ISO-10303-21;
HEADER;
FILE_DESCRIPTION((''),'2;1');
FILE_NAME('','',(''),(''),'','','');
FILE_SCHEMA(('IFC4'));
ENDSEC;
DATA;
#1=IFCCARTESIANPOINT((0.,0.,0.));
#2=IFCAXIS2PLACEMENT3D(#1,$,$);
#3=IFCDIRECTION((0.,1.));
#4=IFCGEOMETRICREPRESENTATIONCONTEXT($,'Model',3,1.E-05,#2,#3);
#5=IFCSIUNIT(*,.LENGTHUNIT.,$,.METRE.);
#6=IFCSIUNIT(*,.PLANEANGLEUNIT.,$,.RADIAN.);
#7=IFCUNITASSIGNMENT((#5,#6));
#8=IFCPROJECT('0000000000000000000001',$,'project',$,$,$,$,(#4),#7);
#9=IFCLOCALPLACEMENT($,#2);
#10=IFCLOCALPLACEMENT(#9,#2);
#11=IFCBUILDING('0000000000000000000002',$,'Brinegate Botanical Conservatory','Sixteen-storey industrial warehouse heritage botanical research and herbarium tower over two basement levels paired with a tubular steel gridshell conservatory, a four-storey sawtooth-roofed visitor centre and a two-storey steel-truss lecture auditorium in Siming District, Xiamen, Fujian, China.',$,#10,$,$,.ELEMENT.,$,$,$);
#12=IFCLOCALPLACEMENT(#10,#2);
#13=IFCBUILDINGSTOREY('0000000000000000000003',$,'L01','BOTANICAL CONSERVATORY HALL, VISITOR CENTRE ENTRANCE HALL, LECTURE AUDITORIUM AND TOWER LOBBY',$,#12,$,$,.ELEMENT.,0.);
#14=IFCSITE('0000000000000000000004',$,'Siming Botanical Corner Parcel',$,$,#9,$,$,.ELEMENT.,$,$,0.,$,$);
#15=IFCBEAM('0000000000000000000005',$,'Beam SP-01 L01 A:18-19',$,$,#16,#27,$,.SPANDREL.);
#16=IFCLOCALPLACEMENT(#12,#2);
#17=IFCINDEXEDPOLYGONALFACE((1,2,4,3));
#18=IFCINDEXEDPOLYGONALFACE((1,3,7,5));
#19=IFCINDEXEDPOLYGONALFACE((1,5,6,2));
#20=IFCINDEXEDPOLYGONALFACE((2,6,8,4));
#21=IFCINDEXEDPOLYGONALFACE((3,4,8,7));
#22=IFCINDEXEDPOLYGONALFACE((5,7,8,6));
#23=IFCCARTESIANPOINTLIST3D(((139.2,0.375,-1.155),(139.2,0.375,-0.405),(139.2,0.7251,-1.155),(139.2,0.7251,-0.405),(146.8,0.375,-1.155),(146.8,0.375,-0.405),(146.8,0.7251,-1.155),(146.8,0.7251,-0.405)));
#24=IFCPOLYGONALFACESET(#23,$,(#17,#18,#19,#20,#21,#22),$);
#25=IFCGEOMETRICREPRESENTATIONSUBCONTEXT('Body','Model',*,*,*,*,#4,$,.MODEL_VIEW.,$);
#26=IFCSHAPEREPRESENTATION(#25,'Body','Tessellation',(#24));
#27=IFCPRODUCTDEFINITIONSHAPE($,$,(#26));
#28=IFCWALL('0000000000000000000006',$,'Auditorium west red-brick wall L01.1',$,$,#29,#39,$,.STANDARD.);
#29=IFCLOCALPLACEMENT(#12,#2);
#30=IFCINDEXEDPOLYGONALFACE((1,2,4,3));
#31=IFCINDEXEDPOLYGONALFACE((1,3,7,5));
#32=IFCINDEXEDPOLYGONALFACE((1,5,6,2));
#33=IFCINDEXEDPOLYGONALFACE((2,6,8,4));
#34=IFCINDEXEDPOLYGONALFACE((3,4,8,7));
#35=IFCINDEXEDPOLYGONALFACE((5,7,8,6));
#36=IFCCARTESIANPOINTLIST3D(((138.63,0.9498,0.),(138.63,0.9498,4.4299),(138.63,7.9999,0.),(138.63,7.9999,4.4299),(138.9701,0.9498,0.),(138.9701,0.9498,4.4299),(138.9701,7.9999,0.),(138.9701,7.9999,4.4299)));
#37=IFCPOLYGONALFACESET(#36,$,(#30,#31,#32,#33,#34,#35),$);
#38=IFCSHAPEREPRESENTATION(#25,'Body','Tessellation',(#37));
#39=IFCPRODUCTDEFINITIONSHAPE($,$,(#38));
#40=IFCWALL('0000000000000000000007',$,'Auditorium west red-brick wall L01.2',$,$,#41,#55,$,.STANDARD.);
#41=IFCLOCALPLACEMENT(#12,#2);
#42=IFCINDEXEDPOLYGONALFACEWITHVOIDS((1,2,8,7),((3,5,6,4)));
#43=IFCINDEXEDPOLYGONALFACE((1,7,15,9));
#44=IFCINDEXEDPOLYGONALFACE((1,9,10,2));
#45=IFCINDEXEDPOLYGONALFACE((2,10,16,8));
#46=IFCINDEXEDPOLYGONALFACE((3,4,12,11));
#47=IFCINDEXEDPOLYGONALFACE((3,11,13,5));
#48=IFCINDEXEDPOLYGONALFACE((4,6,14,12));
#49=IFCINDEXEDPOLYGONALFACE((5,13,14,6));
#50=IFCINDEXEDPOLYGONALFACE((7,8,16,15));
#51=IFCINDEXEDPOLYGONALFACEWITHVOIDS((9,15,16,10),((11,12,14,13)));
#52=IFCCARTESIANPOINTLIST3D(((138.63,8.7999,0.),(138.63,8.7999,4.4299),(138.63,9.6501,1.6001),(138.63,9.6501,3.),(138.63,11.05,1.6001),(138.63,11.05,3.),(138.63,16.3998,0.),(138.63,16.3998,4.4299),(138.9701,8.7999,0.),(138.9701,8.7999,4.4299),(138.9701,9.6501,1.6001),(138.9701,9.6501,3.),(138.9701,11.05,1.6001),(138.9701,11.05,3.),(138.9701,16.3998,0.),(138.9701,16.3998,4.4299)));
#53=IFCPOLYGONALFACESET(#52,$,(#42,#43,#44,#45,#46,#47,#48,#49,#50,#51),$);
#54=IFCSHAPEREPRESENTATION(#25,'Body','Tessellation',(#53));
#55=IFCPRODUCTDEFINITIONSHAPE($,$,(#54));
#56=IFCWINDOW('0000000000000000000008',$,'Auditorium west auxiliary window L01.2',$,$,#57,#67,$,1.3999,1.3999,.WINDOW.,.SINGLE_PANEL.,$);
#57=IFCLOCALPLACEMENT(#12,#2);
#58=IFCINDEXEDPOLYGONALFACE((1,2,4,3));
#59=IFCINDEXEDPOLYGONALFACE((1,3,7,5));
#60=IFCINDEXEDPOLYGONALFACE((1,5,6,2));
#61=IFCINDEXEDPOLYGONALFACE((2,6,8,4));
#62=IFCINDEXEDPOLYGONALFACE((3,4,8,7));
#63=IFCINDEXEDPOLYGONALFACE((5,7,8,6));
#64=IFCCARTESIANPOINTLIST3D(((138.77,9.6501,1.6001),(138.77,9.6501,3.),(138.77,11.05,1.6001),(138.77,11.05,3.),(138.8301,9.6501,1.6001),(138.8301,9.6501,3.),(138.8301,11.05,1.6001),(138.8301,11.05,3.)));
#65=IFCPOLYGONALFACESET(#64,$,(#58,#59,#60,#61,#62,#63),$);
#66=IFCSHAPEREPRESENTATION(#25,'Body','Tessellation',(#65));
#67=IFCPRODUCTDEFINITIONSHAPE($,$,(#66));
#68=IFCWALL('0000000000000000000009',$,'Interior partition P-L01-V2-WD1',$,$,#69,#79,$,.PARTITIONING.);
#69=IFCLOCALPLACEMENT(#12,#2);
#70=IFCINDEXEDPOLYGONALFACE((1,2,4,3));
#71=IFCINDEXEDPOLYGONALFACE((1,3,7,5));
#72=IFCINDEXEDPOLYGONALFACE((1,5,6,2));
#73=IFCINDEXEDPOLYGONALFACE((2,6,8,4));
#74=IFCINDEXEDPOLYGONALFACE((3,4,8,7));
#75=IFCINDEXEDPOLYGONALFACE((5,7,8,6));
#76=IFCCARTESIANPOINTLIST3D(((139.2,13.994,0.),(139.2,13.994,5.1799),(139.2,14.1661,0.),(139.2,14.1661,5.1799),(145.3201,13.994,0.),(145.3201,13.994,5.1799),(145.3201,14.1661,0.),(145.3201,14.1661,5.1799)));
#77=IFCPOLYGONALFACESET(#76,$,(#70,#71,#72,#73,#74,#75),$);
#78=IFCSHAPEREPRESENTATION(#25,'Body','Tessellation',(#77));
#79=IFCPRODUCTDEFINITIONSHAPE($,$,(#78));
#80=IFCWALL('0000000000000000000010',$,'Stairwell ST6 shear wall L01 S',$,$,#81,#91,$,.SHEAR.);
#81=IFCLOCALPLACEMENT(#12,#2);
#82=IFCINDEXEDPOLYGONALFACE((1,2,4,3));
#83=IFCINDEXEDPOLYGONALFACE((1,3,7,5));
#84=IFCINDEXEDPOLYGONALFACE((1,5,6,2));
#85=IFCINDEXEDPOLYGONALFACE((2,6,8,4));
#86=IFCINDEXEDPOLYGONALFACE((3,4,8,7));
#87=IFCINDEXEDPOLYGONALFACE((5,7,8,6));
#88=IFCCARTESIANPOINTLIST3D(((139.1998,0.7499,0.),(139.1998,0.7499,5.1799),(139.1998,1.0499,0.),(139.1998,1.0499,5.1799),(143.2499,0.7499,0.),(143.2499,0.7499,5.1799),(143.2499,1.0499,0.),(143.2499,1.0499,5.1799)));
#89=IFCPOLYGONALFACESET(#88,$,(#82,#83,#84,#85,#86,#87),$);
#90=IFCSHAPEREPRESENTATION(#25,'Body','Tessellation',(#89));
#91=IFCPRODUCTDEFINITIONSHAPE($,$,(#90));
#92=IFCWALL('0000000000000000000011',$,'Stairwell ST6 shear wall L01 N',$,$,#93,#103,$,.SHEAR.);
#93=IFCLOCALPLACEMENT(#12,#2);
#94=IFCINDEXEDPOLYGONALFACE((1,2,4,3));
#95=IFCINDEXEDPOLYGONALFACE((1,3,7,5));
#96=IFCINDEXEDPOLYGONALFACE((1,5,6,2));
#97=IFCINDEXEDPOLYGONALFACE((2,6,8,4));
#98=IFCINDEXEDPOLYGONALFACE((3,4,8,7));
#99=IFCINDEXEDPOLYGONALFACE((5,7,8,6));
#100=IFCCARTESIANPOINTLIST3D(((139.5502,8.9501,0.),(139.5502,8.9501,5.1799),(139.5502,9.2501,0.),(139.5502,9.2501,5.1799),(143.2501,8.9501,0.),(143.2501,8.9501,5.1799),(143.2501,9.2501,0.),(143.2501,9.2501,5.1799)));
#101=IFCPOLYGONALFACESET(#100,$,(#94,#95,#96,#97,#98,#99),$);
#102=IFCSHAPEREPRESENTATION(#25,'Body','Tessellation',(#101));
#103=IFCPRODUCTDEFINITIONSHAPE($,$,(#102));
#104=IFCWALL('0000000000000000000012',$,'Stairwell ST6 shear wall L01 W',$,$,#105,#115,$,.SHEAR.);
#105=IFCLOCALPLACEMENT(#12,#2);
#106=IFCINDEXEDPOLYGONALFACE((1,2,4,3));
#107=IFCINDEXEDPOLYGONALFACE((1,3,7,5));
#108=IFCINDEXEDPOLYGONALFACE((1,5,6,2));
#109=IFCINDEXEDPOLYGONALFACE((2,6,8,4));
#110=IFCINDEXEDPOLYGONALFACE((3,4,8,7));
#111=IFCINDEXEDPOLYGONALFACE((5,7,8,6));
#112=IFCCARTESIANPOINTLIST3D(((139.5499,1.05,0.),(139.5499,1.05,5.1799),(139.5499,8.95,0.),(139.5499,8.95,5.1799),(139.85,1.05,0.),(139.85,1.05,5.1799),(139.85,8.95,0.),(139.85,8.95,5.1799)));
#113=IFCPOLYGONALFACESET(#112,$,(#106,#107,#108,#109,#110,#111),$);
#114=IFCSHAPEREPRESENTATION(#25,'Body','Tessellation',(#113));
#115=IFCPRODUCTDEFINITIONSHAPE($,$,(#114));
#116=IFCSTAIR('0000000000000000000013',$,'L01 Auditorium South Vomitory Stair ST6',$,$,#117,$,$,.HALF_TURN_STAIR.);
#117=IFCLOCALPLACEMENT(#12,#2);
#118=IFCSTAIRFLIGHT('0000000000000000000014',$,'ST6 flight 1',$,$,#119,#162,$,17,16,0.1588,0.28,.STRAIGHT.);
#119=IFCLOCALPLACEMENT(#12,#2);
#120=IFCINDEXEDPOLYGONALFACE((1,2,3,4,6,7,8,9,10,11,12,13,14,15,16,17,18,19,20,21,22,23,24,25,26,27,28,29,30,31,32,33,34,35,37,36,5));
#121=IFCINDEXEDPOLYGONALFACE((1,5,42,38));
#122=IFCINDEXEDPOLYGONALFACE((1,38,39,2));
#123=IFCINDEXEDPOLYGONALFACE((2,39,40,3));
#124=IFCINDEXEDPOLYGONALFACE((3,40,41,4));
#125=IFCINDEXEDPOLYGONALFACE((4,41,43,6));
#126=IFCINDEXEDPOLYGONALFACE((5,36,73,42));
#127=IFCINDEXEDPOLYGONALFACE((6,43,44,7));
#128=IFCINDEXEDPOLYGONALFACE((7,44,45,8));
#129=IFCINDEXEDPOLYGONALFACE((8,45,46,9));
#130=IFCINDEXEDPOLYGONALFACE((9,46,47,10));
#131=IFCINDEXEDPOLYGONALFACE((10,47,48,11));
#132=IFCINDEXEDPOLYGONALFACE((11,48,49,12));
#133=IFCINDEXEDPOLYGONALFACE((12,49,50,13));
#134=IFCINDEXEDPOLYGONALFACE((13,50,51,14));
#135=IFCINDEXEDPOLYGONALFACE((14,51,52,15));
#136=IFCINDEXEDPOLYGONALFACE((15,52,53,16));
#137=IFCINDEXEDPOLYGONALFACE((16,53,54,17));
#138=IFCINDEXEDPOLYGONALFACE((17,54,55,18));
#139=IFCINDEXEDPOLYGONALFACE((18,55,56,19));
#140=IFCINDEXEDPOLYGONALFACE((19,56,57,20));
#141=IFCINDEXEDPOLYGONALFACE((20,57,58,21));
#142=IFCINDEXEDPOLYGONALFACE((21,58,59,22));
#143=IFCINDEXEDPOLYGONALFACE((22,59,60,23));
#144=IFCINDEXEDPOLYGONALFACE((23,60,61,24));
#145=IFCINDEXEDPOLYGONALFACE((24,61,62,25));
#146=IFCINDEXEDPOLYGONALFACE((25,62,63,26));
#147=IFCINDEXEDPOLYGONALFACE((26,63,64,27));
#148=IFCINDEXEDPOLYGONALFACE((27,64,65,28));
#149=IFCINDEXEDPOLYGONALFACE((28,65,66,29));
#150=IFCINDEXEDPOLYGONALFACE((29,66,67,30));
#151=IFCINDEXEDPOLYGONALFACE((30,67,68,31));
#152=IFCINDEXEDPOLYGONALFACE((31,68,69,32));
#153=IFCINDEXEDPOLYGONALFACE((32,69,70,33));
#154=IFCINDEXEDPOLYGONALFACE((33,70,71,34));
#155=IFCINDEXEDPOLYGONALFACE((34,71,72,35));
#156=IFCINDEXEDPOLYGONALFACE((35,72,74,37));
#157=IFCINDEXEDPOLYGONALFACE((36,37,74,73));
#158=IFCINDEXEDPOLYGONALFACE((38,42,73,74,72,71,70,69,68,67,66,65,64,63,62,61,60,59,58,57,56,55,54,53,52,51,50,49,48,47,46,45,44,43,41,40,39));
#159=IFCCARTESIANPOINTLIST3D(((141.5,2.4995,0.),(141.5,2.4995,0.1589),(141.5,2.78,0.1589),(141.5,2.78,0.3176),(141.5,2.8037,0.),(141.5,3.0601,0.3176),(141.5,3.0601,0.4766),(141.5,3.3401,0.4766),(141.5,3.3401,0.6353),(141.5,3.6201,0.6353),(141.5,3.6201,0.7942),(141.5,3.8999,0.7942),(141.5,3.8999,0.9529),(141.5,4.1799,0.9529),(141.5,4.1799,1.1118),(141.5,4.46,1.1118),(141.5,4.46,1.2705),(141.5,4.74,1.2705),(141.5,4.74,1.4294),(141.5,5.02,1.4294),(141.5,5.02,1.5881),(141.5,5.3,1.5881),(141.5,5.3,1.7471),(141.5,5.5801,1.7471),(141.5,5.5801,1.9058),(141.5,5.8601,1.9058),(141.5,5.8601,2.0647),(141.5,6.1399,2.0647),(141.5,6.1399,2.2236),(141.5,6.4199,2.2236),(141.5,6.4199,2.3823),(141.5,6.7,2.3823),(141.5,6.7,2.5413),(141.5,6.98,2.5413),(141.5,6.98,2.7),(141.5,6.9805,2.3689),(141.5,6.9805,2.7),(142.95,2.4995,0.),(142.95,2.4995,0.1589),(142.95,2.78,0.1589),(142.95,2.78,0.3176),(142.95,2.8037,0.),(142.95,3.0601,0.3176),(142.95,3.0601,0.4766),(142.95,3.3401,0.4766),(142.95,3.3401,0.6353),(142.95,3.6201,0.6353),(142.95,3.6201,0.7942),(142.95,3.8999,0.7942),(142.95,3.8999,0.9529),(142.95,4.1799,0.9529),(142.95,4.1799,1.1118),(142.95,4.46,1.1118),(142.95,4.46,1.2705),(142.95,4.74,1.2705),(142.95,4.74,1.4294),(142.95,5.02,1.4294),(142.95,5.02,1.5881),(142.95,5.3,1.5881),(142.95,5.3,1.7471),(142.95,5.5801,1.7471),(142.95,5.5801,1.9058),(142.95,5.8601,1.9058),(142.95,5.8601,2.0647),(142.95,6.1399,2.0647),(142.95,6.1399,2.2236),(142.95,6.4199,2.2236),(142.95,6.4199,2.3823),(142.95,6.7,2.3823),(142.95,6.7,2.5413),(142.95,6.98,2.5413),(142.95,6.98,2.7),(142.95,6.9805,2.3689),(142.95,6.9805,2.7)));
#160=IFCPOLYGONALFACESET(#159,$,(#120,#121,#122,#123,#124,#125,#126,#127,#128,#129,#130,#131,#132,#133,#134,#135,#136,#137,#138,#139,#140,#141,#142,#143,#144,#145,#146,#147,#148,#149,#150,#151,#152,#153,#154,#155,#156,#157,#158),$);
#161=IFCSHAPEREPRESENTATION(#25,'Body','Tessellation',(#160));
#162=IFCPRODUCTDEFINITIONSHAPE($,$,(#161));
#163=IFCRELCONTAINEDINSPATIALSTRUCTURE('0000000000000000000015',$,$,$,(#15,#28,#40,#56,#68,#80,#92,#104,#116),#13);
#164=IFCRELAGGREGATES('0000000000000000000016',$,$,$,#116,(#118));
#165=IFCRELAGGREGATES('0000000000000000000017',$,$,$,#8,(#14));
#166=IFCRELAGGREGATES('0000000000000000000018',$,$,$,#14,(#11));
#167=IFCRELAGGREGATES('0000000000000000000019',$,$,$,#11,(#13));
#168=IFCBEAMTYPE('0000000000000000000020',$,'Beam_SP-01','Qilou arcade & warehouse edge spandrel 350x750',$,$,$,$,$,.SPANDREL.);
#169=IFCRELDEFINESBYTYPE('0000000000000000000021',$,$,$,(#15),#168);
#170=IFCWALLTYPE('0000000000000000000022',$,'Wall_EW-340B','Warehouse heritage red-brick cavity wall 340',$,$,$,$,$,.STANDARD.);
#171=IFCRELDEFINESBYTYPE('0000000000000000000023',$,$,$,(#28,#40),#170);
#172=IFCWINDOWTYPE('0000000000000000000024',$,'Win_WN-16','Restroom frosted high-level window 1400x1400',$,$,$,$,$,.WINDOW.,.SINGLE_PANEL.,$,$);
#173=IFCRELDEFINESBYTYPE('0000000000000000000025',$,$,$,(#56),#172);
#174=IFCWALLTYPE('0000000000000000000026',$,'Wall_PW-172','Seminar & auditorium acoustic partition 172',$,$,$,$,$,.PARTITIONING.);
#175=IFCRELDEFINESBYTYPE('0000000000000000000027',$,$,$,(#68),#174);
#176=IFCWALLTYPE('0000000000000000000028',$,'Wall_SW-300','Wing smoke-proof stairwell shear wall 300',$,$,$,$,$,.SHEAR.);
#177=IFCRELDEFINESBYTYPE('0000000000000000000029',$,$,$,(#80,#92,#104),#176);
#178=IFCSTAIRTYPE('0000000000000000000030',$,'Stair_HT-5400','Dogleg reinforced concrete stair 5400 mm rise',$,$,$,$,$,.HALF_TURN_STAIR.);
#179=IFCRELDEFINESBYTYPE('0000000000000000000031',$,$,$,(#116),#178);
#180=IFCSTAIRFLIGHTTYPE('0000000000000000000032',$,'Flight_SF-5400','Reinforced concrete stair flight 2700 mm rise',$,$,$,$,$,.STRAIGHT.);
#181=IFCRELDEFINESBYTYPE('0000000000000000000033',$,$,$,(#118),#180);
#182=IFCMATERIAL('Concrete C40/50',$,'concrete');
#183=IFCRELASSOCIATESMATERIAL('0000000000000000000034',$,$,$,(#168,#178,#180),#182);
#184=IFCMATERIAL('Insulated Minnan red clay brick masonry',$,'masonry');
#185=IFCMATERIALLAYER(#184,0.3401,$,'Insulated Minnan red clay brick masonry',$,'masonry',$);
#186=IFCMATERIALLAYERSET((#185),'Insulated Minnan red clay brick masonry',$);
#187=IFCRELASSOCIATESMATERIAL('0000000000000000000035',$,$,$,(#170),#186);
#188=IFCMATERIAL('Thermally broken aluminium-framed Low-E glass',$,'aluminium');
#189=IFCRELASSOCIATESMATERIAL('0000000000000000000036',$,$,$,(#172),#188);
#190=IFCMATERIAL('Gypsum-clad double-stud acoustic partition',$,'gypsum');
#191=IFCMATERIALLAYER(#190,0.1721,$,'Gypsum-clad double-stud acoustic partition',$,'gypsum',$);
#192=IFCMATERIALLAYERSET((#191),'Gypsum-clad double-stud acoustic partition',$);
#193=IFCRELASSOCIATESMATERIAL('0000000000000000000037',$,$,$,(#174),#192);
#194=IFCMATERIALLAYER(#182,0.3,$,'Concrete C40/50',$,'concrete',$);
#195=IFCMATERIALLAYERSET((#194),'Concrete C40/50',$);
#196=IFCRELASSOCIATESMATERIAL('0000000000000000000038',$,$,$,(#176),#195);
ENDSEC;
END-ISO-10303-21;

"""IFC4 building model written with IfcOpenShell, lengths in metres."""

from ifc_helpers import new_model, si_unit, direction, frame, frame_2d, origin, origin_2d, place, context, subcontext, project, spatial, polyline, rectangle, outline, extrude, material, layer, layer_set, material_profile, profile_set, type_object, element, fill, aggregate, save


model = new_model("IFC4")

# Units and contexts
model_context = context("Model", 3, precision=1e-05, world=origin(), true_north=direction((0.0, 1.0)))
body_context = subcontext(model_context, "Body", "Model", "MODEL_VIEW")
ifc_project = project(units=[si_unit("LENGTHUNIT", "METRE"), si_unit("PLANEANGLEUNIT", "RADIAN")], contexts=[model_context])

# Site, building, storey
site_placement = place(None, origin())
site = spatial("IfcSite", under=ifc_project, at=site_placement, Name="Siming Botanical Corner Parcel", CompositionType="ELEMENT", RefElevation=0.0)
building_placement = place(site_placement, origin())
building = spatial("IfcBuilding", under=site, at=building_placement, Name="Brinegate Botanical Conservatory", Description="Sixteen-storey industrial warehouse heritage botanical research and herbarium tower over two basement levels paired with a tubular steel gridshell conservatory, a four-storey sawtooth-roofed visitor centre and a two-storey steel-truss lecture auditorium in Siming District, Xiamen, Fujian, China.", CompositionType="ELEMENT")
storey_placement = place(building_placement, origin())
storey = spatial("IfcBuildingStorey", under=building, at=storey_placement, Name="L01", Description="BOTANICAL CONSERVATORY HALL, VISITOR CENTRE ENTRANCE HALL, LECTURE AUDITORIUM AND TOWER LOBBY", CompositionType="ELEMENT", Elevation=0.0)

# Shared definitions
ifc_material_1 = material(Name="Concrete C40/50", Category="concrete")

# Beam
ifc_material_profile_1 = material_profile(ifc_material_1, rectangle(XDim=0.3501, YDim=0.75, at=origin_2d()), Name="RC SPN 350x750")
ifc_profile_set_1 = profile_set([ifc_material_profile_1], Name="Concrete C40/50")
beam_type_1 = type_object("IfcBeamType", Name="Beam_SP-01", Description="Qilou arcade & warehouse edge spandrel 350x750", PredefinedType="SPANDREL", material=ifc_profile_set_1)
beam_1_placement = place(storey_placement, frame((139.2, 0.55, -0.78), z_axis=(1.0, 0.0, 0.0), x_axis=(0.0, 1.0, 0.0)))
element("IfcBeam", 1, at=beam_1_placement, inside=storey, type_object=beam_type_1, Name="Beam SP-01 L01 A:18-19", PredefinedType="SPANDREL", context=body_context, shape_type="SweptSolid", body=[
    extrude(rectangle(XDim=0.3501, YDim=0.75, at=origin_2d()), origin(), (0.0, 0.0, 1.0), 7.6001),
])

# Wall
ifc_material_2 = material(Name="Insulated Minnan red clay brick masonry", Category="masonry")
ifc_layer_1 = layer(ifc_material_2, 0.3401, Name="Insulated Minnan red clay brick masonry", Category="masonry")
ifc_layer_set_1 = layer_set([ifc_layer_1], Name="Insulated Minnan red clay brick masonry")
wall_type_1 = type_object("IfcWallType", Name="Wall_EW-340B", Description="Warehouse heritage red-brick cavity wall 340", PredefinedType="STANDARD", material=ifc_layer_set_1)
wall_1_placement = place(storey_placement, frame((138.8, 0.95, 0.0), z_axis=(0.0, 0.0, 1.0), x_axis=(0.0, 1.0, 0.0)))
element("IfcWall", 2, at=wall_1_placement, inside=storey, type_object=wall_type_1, Name="Auditorium west red-brick wall L01.1", PredefinedType="STANDARD", context=body_context, shape_type="SweptSolid", body=[
    extrude(rectangle(XDim=7.05, YDim=0.3401, at=frame_2d((3.5249, 0.0))), origin(), (0.0, 0.0, 1.0), 4.4299),
])

# Wall, opening, window
wall_2_placement = place(storey_placement, frame((138.8, 8.8, 0.0), z_axis=(0.0, 0.0, 1.0), x_axis=(0.0, 1.0, 0.0)))
wall_2 = element("IfcWall", 3, at=wall_2_placement, inside=storey, type_object=wall_type_1, Name="Auditorium west red-brick wall L01.2", PredefinedType="STANDARD", context=body_context, shape_type="SweptSolid", body=[
    extrude(rectangle(XDim=7.5999, YDim=0.3401, at=frame_2d((3.7998, 0.0))), origin(), (0.0, 0.0, 1.0), 4.4299),
])
opening_placement = place(wall_2_placement, frame((0.8501, 0.0, 1.6001)))
opening = element("IfcOpeningElement", 4, at=opening_placement, cuts=wall_2, PredefinedType="OPENING", context=body_context, shape_type="SweptSolid", body=[
    extrude(rectangle(XDim=1.3999, YDim=1.3999, at=frame_2d((0.7, 0.7))), frame((0.0, 0.1799, 0.0), z_axis=(0.0, -1.0, 0.0), x_axis=(1.0, 0.0, 0.0)), (0.0, 0.0, 1.0), 0.3601),
])
ifc_material_3 = material(Name="Thermally broken aluminium-framed Low-E glass", Category="aluminium")
window_type = type_object("IfcWindowType", Name="Win_WN-16", Description="Restroom frosted high-level window 1400x1400", PartitioningType="SINGLE_PANEL", PredefinedType="WINDOW", material=ifc_material_3)
window_placement = place(opening_placement, origin())
window = element("IfcWindow", 5, at=window_placement, inside=storey, type_object=window_type, Name="Auditorium west auxiliary window L01.2", OverallHeight=1.3999, OverallWidth=1.3999, PartitioningType="SINGLE_PANEL", PredefinedType="WINDOW", context=body_context, shape_type="SweptSolid", body=[
    extrude(rectangle(XDim=1.3999, YDim=1.3999, at=frame_2d((0.7, 0.7))), frame((0.0, 0.03, 0.0), z_axis=(0.0, -1.0, 0.0), x_axis=(1.0, 0.0, 0.0)), (0.0, 0.0, 1.0), 0.0601),
])
fill(opening, window)

# Walls
ifc_material_4 = material(Name="Gypsum-clad double-stud acoustic partition", Category="gypsum")
ifc_layer_2 = layer(ifc_material_4, 0.1721, Name="Gypsum-clad double-stud acoustic partition", Category="gypsum")
ifc_layer_set_2 = layer_set([ifc_layer_2], Name="Gypsum-clad double-stud acoustic partition")
wall_type_2 = type_object("IfcWallType", Name="Wall_PW-172", Description="Seminar & auditorium acoustic partition 172", PredefinedType="PARTITIONING", material=ifc_layer_set_2)
wall_3_placement = place(storey_placement, frame((139.2, 14.0801, 0.0), z_axis=(0.0, 0.0, 1.0), x_axis=(1.0, 0.0, 0.0)))
element("IfcWall", 6, at=wall_3_placement, inside=storey, type_object=wall_type_2, Name="Interior partition P-L01-V2-WD1", PredefinedType="PARTITIONING", context=body_context, shape_type="SweptSolid", body=[
    extrude(rectangle(XDim=6.1201, YDim=0.1721, at=frame_2d((3.0601, 0.0))), origin(), (0.0, 0.0, 1.0), 5.1799),
])
ifc_layer_3 = layer(ifc_material_1, 0.3, Name="Concrete C40/50", Category="concrete")
ifc_layer_set_3 = layer_set([ifc_layer_3], Name="Concrete C40/50")
wall_type_3 = type_object("IfcWallType", Name="Wall_SW-300", Description="Wing smoke-proof stairwell shear wall 300", PredefinedType="SHEAR", material=ifc_layer_set_3)
wall_4_placement = place(storey_placement, frame((139.2, 0.8999, 0.0), z_axis=(0.0, 0.0, 1.0), x_axis=(1.0, 0.0, 0.0)))
element("IfcWall", 7, at=wall_4_placement, inside=storey, type_object=wall_type_3, Name="Stairwell ST6 shear wall L01 S", PredefinedType="SHEAR", context=body_context, shape_type="SweptSolid", body=[
    extrude(rectangle(XDim=4.05, YDim=0.3, at=frame_2d((2.0249, 0.0))), origin(), (0.0, 0.0, 1.0), 5.1799),
])
wall_5_placement = place(storey_placement, frame((139.55, 9.1001, 0.0), z_axis=(0.0, 0.0, 1.0), x_axis=(1.0, 0.0, 0.0)))
element("IfcWall", 8, at=wall_5_placement, inside=storey, type_object=wall_type_3, Name="Stairwell ST6 shear wall L01 N", PredefinedType="SHEAR", context=body_context, shape_type="SweptSolid", body=[
    extrude(rectangle(XDim=3.7, YDim=0.3, at=frame_2d((1.8501, 0.0))), origin(), (0.0, 0.0, 1.0), 5.1799),
])
wall_6_placement = place(storey_placement, frame((139.7, 1.05, 0.0), z_axis=(0.0, 0.0, 1.0), x_axis=(0.0, 1.0, 0.0)))
element("IfcWall", 9, at=wall_6_placement, inside=storey, type_object=wall_type_3, Name="Stairwell ST6 shear wall L01 W", PredefinedType="SHEAR", context=body_context, shape_type="SweptSolid", body=[
    extrude(rectangle(XDim=7.8999, YDim=0.3, at=frame_2d((3.95, 0.0))), origin(), (0.0, 0.0, 1.0), 5.1799),
])

# Stair, stair flight
stair_type = type_object("IfcStairType", Name="Stair_HT-5400", Description="Dogleg reinforced concrete stair 5400 mm rise", PredefinedType="HALF_TURN_STAIR", material=ifc_material_1)
stair_placement = place(storey_placement, origin())
stair = element("IfcStair", 10, at=stair_placement, inside=storey, type_object=stair_type, Name="L01 Auditorium South Vomitory Stair ST6", PredefinedType="HALF_TURN_STAIR")
stair_flight_type = type_object("IfcStairFlightType", Name="Flight_SF-5400", Description="Reinforced concrete stair flight 2700 mm rise", PredefinedType="STRAIGHT", material=ifc_material_1)
stair_flight_1_placement = place(storey_placement, frame((142.2251, 2.5, 0.0), z_axis=(0.0, 0.0, 1.0), x_axis=(0.0, 1.0, 0.0)))
stair_flight_1 = element("IfcStairFlight", 11, at=stair_flight_1_placement, type_object=stair_flight_type, Name="ST6 flight 1", NumberOfRisers=17, NumberOfTreads=16, PredefinedType="STRAIGHT", RiserHeight=0.1588, TreadLength=0.28, context=body_context, shape_type="SweptSolid", body=[
    extrude(outline(polyline([(-0.0005, 0.0), (-0.0005, 0.1589), (0.28, 0.1589), (0.28, 0.3176), (0.5601, 0.3176), (0.5601, 0.4766), (0.8401, 0.4766), (0.8401, 0.6353), (1.1201, 0.6353), (1.1201, 0.7942), (1.3999, 0.7942), (1.3999, 0.9529), (1.6799, 0.9529), (1.6799, 1.1118), (1.96, 1.1118), (1.96, 1.2705), (2.24, 1.2705), (2.24, 1.4294), (2.52, 1.4294), (2.52, 1.5881), (2.8, 1.5881), (2.8, 1.7471), (3.0801, 1.7471), (3.0801, 1.9058), (3.3601, 1.9058), (3.3601, 2.0647), (3.6399, 2.0647), (3.6399, 2.2236), (3.9199, 2.2236), (3.9199, 2.3823), (4.2, 2.3823), (4.2, 2.5413), (4.48, 2.5413), (4.48, 2.7), (4.4805, 2.7), (4.4805, 2.3689), (0.3037, 0.0), (-0.0005, 0.0)])), frame((0.0, 0.7251, 0.0), z_axis=(0.0, -1.0, 0.0), x_axis=(1.0, 0.0, 0.0)), (0.0, 0.0, 1.0), 1.45),
])
aggregate(stair, [stair_flight_1])

save(model, "model.ifc")
